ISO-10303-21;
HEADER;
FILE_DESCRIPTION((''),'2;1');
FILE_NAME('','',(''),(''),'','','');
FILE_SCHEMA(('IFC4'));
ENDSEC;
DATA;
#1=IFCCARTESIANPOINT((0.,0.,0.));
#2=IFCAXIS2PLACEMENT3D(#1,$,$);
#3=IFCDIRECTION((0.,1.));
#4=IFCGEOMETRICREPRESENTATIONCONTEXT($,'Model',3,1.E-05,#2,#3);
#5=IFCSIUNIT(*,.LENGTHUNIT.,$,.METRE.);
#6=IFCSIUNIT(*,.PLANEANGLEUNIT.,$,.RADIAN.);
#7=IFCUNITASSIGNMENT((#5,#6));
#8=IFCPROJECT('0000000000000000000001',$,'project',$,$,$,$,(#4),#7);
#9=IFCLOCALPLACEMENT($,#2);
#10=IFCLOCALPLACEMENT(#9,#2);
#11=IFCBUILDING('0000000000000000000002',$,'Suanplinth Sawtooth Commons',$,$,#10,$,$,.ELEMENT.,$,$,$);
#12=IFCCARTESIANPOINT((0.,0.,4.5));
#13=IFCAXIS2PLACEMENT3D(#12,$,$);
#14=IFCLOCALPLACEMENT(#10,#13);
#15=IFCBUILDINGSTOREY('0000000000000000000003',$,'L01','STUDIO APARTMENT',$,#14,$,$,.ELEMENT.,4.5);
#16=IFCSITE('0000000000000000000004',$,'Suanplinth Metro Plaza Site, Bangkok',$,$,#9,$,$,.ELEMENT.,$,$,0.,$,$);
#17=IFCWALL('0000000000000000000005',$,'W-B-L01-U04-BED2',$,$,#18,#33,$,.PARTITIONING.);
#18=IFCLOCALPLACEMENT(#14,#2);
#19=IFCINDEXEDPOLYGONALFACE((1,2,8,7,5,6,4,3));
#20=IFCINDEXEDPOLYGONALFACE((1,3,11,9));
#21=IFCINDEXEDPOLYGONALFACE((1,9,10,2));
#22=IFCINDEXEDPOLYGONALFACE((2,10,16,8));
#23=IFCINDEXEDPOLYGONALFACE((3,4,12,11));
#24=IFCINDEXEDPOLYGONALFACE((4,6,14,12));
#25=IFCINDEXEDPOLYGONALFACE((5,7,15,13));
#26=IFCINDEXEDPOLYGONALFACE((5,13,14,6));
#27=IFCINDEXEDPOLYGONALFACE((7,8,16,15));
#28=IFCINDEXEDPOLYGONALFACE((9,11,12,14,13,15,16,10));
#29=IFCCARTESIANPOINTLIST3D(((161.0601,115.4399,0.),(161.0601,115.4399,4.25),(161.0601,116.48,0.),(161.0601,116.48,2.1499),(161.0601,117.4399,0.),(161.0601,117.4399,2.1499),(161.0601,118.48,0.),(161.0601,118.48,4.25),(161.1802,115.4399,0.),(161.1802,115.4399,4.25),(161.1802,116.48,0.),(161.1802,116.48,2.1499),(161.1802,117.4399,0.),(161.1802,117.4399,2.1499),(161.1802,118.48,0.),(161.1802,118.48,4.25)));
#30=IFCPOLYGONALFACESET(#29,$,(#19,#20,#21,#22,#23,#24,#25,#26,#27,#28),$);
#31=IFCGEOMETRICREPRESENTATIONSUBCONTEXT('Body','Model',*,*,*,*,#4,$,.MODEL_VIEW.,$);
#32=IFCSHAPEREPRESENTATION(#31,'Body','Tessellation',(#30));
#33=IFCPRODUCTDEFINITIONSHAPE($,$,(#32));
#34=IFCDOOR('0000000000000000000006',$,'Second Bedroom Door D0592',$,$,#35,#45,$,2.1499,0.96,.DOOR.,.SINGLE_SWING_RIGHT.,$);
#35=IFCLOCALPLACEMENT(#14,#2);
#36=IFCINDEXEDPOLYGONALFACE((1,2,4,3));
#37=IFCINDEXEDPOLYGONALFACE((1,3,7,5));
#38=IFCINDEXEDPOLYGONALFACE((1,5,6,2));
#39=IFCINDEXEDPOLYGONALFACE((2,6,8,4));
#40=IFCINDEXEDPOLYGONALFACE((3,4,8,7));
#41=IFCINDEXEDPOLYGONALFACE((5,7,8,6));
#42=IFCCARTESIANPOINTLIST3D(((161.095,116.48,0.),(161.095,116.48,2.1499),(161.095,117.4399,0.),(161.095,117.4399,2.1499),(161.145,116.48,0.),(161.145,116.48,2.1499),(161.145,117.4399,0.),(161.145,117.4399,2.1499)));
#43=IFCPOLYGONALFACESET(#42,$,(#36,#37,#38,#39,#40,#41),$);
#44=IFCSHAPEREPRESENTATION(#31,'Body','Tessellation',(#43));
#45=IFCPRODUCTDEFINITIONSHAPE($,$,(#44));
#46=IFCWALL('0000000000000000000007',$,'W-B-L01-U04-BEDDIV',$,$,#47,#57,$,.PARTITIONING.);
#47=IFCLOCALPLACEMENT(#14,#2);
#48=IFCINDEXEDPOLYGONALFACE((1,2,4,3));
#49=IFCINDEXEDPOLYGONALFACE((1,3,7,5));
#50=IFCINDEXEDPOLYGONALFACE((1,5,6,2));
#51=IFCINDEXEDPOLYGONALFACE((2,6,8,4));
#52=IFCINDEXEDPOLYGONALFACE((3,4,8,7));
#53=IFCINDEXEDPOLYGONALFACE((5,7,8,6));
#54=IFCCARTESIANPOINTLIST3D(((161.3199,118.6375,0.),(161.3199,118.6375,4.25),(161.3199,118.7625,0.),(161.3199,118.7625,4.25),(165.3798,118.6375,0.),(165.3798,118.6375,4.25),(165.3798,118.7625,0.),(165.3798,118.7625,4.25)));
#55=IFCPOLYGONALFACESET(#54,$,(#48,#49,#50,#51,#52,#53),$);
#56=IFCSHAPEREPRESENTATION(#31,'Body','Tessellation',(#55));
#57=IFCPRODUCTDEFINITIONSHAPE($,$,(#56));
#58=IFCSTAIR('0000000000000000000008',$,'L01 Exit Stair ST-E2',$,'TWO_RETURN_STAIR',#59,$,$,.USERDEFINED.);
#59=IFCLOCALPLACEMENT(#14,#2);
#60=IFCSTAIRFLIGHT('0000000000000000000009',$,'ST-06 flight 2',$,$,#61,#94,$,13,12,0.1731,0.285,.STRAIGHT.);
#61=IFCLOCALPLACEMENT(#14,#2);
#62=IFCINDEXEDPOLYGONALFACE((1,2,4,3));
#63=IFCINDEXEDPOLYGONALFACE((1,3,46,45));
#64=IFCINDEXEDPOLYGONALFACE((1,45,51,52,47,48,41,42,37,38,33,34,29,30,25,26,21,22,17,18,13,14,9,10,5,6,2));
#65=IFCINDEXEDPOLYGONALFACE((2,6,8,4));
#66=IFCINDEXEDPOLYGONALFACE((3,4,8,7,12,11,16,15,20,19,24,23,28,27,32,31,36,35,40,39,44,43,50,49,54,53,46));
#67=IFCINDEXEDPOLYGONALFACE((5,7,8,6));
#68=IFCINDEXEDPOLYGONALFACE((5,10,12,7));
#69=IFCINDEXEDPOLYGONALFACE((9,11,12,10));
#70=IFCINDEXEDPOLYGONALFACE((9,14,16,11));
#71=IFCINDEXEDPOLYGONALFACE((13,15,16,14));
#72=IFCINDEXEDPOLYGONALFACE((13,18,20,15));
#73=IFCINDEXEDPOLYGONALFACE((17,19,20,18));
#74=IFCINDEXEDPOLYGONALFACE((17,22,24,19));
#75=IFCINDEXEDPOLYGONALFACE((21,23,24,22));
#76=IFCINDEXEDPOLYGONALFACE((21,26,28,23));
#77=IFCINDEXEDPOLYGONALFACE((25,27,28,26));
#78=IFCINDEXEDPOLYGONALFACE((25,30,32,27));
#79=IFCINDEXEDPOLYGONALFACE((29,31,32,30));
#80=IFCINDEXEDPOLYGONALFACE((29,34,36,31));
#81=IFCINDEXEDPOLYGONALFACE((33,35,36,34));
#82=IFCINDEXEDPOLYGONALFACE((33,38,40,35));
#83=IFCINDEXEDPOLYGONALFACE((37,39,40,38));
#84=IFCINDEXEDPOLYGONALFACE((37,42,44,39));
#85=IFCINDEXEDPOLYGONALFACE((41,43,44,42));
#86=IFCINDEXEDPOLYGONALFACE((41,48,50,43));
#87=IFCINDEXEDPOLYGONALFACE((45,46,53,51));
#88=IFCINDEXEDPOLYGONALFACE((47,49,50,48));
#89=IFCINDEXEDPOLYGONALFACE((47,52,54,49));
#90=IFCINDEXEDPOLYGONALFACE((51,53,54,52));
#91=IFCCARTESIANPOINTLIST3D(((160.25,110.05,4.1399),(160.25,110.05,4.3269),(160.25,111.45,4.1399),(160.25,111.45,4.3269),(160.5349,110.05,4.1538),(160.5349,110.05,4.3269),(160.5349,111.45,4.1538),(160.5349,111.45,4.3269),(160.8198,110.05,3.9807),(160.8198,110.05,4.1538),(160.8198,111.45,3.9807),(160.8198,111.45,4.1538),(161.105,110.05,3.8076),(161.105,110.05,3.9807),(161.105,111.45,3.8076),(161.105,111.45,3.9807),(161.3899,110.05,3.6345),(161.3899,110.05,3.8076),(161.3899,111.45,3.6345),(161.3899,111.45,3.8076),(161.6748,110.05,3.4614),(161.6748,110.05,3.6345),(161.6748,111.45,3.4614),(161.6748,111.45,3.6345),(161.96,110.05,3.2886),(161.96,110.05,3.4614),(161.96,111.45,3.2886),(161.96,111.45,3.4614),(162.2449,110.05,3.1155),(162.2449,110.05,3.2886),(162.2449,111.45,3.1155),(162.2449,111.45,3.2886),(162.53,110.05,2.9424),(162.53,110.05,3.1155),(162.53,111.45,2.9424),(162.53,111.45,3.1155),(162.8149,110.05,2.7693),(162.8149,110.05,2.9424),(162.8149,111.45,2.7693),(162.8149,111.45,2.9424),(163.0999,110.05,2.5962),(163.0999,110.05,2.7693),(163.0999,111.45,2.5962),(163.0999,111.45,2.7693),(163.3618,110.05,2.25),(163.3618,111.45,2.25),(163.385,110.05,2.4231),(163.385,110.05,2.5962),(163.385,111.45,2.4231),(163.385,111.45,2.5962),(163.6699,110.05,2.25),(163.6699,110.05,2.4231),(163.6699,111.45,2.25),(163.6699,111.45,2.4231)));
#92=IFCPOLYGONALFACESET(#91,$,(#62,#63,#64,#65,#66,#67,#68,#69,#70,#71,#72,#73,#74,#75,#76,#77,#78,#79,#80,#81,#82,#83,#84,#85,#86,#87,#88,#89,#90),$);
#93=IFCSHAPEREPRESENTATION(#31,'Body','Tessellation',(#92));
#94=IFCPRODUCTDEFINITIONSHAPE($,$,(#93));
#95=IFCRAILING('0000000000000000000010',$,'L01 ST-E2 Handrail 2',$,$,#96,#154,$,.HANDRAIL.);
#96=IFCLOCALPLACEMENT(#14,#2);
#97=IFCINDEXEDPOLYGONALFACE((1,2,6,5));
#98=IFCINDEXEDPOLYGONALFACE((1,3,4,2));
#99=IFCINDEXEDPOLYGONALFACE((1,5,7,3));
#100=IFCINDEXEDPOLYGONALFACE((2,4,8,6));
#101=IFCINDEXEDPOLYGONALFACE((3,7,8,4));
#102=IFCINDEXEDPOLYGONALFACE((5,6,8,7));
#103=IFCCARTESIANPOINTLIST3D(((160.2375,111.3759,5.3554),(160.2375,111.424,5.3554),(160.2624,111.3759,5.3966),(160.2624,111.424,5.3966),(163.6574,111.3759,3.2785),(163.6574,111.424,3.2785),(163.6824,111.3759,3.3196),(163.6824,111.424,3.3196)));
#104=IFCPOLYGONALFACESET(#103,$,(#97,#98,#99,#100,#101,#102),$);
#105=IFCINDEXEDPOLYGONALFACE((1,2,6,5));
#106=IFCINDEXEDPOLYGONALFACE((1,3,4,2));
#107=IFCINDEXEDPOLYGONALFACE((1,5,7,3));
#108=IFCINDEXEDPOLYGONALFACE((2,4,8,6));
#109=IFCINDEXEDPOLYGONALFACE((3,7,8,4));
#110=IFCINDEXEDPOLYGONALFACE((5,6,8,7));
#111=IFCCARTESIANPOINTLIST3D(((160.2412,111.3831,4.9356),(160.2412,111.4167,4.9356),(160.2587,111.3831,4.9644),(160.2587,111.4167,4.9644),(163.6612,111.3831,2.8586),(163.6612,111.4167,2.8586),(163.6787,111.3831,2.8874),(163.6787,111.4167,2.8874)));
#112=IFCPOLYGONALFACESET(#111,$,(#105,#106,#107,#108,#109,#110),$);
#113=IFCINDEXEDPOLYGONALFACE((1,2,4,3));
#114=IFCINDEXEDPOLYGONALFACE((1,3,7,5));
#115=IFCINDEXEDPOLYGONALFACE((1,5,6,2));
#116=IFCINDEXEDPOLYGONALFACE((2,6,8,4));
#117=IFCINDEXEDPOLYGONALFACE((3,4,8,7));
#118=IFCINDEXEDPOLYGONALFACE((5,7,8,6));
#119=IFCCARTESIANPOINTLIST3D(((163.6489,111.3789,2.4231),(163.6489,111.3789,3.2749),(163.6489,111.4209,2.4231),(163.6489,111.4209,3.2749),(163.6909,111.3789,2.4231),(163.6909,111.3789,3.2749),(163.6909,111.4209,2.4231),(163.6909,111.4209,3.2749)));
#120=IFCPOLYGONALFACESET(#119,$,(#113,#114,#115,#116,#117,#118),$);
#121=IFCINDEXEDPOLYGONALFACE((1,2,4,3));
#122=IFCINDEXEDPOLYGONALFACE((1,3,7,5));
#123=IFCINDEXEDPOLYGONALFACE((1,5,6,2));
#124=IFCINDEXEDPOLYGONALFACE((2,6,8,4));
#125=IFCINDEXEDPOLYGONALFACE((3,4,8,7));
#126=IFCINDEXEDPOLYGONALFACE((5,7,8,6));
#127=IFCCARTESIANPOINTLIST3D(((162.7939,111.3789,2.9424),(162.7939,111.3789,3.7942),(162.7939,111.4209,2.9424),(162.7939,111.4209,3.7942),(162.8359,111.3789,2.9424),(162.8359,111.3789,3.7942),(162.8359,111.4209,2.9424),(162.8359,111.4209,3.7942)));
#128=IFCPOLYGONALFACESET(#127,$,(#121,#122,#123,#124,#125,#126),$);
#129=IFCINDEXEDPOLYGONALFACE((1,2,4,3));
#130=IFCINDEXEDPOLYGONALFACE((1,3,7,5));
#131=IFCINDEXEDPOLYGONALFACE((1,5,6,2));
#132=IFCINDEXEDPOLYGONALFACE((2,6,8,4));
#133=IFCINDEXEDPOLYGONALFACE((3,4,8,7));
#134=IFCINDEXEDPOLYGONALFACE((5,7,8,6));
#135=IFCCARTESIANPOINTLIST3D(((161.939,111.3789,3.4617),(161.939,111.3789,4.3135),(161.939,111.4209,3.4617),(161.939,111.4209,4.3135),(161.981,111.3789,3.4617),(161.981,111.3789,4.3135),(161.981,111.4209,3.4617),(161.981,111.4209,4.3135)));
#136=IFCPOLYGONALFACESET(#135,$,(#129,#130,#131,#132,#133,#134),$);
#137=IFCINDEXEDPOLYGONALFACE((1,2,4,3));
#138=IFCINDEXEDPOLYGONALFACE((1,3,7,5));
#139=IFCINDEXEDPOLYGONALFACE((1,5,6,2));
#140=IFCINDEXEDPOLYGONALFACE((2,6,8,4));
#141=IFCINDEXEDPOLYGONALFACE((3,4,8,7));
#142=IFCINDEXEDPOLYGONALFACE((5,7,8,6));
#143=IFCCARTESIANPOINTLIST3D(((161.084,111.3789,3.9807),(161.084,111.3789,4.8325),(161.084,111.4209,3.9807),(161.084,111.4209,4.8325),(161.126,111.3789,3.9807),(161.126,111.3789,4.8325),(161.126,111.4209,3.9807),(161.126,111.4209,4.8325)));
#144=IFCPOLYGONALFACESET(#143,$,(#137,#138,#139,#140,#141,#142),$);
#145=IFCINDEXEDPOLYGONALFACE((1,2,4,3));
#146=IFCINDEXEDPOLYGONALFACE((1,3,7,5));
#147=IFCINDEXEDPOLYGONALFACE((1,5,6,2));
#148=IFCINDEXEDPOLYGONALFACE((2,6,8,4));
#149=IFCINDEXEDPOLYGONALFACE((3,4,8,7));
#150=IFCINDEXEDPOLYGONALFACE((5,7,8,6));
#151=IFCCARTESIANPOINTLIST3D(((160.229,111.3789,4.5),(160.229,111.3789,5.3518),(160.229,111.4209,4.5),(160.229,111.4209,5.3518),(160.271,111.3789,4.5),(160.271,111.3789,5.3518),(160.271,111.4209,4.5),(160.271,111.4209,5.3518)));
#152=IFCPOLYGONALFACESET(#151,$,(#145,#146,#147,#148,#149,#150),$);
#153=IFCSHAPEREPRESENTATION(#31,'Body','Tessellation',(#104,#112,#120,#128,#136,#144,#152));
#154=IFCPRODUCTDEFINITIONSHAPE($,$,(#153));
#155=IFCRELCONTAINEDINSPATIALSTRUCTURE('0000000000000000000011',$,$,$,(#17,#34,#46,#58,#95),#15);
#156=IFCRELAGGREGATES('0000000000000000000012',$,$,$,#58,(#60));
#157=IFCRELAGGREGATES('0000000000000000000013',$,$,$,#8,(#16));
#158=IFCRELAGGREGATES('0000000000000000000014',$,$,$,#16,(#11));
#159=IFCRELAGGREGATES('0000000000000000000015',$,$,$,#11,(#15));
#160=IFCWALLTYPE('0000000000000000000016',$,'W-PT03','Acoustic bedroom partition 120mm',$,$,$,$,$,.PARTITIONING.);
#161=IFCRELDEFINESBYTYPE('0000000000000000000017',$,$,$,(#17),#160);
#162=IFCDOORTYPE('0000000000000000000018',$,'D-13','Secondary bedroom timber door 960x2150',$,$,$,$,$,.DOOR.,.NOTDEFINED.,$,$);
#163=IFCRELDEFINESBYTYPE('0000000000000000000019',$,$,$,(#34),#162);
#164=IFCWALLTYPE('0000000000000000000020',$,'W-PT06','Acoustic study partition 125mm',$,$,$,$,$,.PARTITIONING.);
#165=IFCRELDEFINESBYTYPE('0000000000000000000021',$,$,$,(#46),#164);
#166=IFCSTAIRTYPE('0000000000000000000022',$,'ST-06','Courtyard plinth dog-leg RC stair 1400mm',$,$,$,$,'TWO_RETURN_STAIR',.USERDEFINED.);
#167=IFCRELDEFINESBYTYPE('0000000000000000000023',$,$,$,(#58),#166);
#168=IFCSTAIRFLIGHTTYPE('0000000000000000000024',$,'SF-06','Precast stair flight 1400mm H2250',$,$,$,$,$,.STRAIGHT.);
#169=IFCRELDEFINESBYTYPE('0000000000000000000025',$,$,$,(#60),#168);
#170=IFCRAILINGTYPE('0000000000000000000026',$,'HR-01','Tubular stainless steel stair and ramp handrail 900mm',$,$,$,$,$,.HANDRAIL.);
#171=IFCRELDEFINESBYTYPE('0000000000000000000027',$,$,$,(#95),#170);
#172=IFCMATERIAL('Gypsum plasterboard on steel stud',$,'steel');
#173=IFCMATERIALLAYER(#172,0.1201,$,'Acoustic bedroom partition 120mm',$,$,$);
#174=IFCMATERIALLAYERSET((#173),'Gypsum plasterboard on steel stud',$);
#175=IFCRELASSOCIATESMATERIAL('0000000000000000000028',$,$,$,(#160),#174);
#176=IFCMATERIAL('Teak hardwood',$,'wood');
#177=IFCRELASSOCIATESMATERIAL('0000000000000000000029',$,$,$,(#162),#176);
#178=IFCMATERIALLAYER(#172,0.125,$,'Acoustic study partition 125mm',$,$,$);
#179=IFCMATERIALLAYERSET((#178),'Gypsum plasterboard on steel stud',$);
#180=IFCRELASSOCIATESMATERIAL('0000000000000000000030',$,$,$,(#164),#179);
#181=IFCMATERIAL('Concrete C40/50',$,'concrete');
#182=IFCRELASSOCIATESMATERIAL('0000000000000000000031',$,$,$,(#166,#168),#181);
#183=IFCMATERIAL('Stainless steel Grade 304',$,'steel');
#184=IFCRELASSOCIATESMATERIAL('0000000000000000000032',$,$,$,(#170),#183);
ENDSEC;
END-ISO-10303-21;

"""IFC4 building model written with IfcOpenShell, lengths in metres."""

from ifc_helpers import new_model, si_unit, direction, frame, frame_2d, origin, origin_2d, place, context, subcontext, project, spatial, polyline, rectangle, outline, extrude, material, layer, layer_set, type_object, element, fill, aggregate, save


model = new_model("IFC4")

# Units and contexts
model_context = context("Model", 3, precision=1e-05, world=origin(), true_north=direction((0.0, 1.0)))
body_context = subcontext(model_context, "Body", "Model", "MODEL_VIEW")
ifc_project = project(units=[si_unit("LENGTHUNIT", "METRE"), si_unit("PLANEANGLEUNIT", "RADIAN")], contexts=[model_context])

# Site, building, storey
site_placement = place(None, origin())
site = spatial("IfcSite", under=ifc_project, at=site_placement, Name="Suanplinth Metro Plaza Site, Bangkok", CompositionType="ELEMENT", RefElevation=0.0)
building_placement = place(site_placement, origin())
building = spatial("IfcBuilding", under=site, at=building_placement, Name="Suanplinth Sawtooth Commons", CompositionType="ELEMENT")
storey_placement = place(building_placement, frame((0.0, 0.0, 4.5)))
storey = spatial("IfcBuildingStorey", under=building, at=storey_placement, Name="L01", Description="STUDIO APARTMENT", CompositionType="ELEMENT", Elevation=4.5)

# Shared definitions
ifc_material_1 = material(Name="Concrete C40/50", Category="concrete")

# Wall, opening, door
ifc_material_2 = material(Name="Gypsum plasterboard on steel stud", Category="steel")
ifc_layer_1 = layer(ifc_material_2, 0.1201, Name="Acoustic bedroom partition 120mm")
ifc_layer_set_1 = layer_set([ifc_layer_1], Name="Gypsum plasterboard on steel stud")
wall_type_1 = type_object("IfcWallType", Name="W-PT03", Description="Acoustic bedroom partition 120mm", PredefinedType="PARTITIONING", material=ifc_layer_set_1)
wall_1_placement = place(storey_placement, frame((161.1201, 115.4399, 0.0), z_axis=(0.0, 0.0, 1.0), x_axis=(0.0, 1.0, 0.0)))
wall_1 = element("IfcWall", 1, at=wall_1_placement, inside=storey, type_object=wall_type_1, Name="W-B-L01-U04-BED2", PredefinedType="PARTITIONING", context=body_context, shape_type="SweptSolid", body=[
    extrude(rectangle(XDim=3.04, YDim=0.1201, at=frame_2d((1.52, 0.0))), origin(), (0.0, 0.0, 1.0), 4.25),
])
opening_1_placement = place(wall_1_placement, frame((1.04, 0.0, 0.0)))
opening_1 = element("IfcOpeningElement", 2, at=opening_1_placement, cuts=wall_1, PredefinedType="OPENING", context=body_context, shape_type="SweptSolid", body=[
    extrude(rectangle(XDim=0.96, YDim=2.1499, at=frame_2d((0.48, 1.075))), frame((0.0, 0.075, 0.0), z_axis=(0.0, -1.0, 0.0), x_axis=(1.0, 0.0, 0.0)), (0.0, 0.0, 1.0), 0.1499),
])
ifc_material_3 = material(Name="Teak hardwood", Category="wood")
door_type_1 = type_object("IfcDoorType", Name="D-13", Description="Secondary bedroom timber door 960x2150", OperationType="NOTDEFINED", PredefinedType="DOOR", material=ifc_material_3)
door_1_placement = place(opening_1_placement, frame((0.96, 0.0, 0.0), z_axis=(0.0, 0.0, 1.0), x_axis=(-1.0, 0.0, 0.0)))
door_1 = element("IfcDoor", 3, at=door_1_placement, inside=storey, type_object=door_type_1, Name="Second Bedroom Door D0592", OperationType="SINGLE_SWING_RIGHT", OverallHeight=2.1499, OverallWidth=0.96, PredefinedType="DOOR", context=body_context, shape_type="SweptSolid", body=[
    extrude(rectangle(XDim=0.96, YDim=2.1499, at=frame_2d((0.48, 1.075))), frame((0.0, 0.0249, 0.0), z_axis=(0.0, -1.0, 0.0), x_axis=(1.0, 0.0, 0.0)), (0.0, 0.0, 1.0), 0.05),
])
fill(opening_1, door_1)

# Wall
ifc_layer_2 = layer(ifc_material_2, 0.125, Name="Acoustic study partition 125mm")
ifc_layer_set_2 = layer_set([ifc_layer_2], Name="Gypsum plasterboard on steel stud")
wall_type_2 = type_object("IfcWallType", Name="W-PT06", Description="Acoustic study partition 125mm", PredefinedType="PARTITIONING", material=ifc_layer_set_2)
wall_2_placement = place(storey_placement, frame((161.3201, 118.7, 0.0), z_axis=(0.0, 0.0, 1.0), x_axis=(1.0, 0.0, 0.0)))
element("IfcWall", 4, at=wall_2_placement, inside=storey, type_object=wall_type_2, Name="W-B-L01-U04-BEDDIV", PredefinedType="PARTITIONING", context=body_context, shape_type="SweptSolid", body=[
    extrude(rectangle(XDim=4.0598, YDim=0.125, at=frame_2d((2.0298, 0.0))), origin(), (0.0, 0.0, 1.0), 4.25),
])

# Shared definitions
ifc_material_4 = material(Name="Stainless steel Grade 304", Category="steel")

# Stair, stair flight
stair_type = type_object("IfcStairType", Name="ST-06", Description="Courtyard plinth dog-leg RC stair 1400mm", ElementType="TWO_RETURN_STAIR", PredefinedType="USERDEFINED", material=ifc_material_1)
stair_placement = place(storey_placement, origin())
stair = element("IfcStair", 5, at=stair_placement, inside=storey, type_object=stair_type, Name="L01 Exit Stair ST-E2", ObjectType="TWO_RETURN_STAIR", PredefinedType="USERDEFINED")
stair_flight_type = type_object("IfcStairFlightType", Name="SF-06", Description="Precast stair flight 1400mm H2250", PredefinedType="STRAIGHT", material=ifc_material_1)
stair_flight_placement = place(storey_placement, frame((163.6699, 110.75, 2.25), z_axis=(0.0, 0.0, 1.0), x_axis=(-1.0, 0.0, 0.0)))
stair_flight = element("IfcStairFlight", 6, at=stair_flight_placement, type_object=stair_flight_type, Name="ST-06 flight 2", NumberOfRisers=13, NumberOfTreads=12, PredefinedType="STRAIGHT", RiserHeight=0.1731, TreadLength=0.285, context=body_context, shape_type="SweptSolid", body=[
    extrude(outline(polyline([(0.0, 0.0), (0.0, 0.1731), (0.2849, 0.1731), (0.2849, 0.3462), (0.5701, 0.3462), (0.5701, 0.5193), (0.855, 0.5193), (0.855, 0.6924), (1.1399, 0.6924), (1.1399, 0.8655), (1.425, 0.8655), (1.425, 1.0386), (1.71, 1.0386), (1.71, 1.2114), (1.9951, 1.2114), (1.9951, 1.3845), (2.28, 1.3845), (2.28, 1.5576), (2.5649, 1.5576), (2.5649, 1.7307), (2.8501, 1.7307), (2.8501, 1.9038), (3.135, 1.9038), (3.135, 2.0769), (3.4199, 2.0769), (3.4199, 2.25), (3.4199, 1.8899), (0.3081, 0.0), (0.0, 0.0)])), frame((0.0, 0.7, 0.0), z_axis=(0.0, -1.0, 0.0), x_axis=(1.0, 0.0, 0.0)), (0.0, 0.0, 1.0), 1.3999),
])
aggregate(stair, [stair_flight])

# Railing
railing_type = type_object("IfcRailingType", Name="HR-01", Description="Tubular stainless steel stair and ramp handrail 900mm", PredefinedType="HANDRAIL", material=ifc_material_4)
railing_placement = place(storey_placement, frame((163.6699, 111.3999, 2.4231)))
element("IfcRailing", 7, at=railing_placement, inside=storey, type_object=railing_type, Name="L01 ST-E2 Handrail 2", PredefinedType="HANDRAIL", context=body_context, shape_type="SweptSolid", body=[
    extrude(rectangle(XDim=0.0481, YDim=0.0481, at=origin_2d()), frame((0.0, 0.0, 0.876), z_axis=(-0.85473, 0.0, 0.519074), x_axis=(0.0, -1.0, 0.0)), (0.0, 0.0, 1.0), 4.0012),
    extrude(rectangle(XDim=0.0337, YDim=0.0337, at=origin_2d()), frame((0.0, 0.0, 0.45), z_axis=(-0.85473, 0.0, 0.519074), x_axis=(0.0, -1.0, 0.0)), (0.0, 0.0, 1.0), 4.0012),
    extrude(rectangle(XDim=0.042, YDim=0.042, at=origin_2d()), origin(), (0.0, 0.0, 1.0), 0.8518),
    extrude(rectangle(XDim=0.042, YDim=0.042, at=origin_2d()), frame((-0.855, 0.0, 0.5193)), (0.0, 0.0, 1.0), 0.8518),
    extrude(rectangle(XDim=0.042, YDim=0.042, at=origin_2d()), frame((-1.71, 0.0, 1.0386)), (0.0, 0.0, 1.0), 0.8518),
    extrude(rectangle(XDim=0.042, YDim=0.042, at=origin_2d()), frame((-2.5649, 0.0, 1.5576)), (0.0, 0.0, 1.0), 0.8518),
    extrude(rectangle(XDim=0.042, YDim=0.042, at=origin_2d()), frame((-3.4199, 0.0, 2.0769)), (0.0, 0.0, 1.0), 0.8518),
])

save(model, "model.ifc")
